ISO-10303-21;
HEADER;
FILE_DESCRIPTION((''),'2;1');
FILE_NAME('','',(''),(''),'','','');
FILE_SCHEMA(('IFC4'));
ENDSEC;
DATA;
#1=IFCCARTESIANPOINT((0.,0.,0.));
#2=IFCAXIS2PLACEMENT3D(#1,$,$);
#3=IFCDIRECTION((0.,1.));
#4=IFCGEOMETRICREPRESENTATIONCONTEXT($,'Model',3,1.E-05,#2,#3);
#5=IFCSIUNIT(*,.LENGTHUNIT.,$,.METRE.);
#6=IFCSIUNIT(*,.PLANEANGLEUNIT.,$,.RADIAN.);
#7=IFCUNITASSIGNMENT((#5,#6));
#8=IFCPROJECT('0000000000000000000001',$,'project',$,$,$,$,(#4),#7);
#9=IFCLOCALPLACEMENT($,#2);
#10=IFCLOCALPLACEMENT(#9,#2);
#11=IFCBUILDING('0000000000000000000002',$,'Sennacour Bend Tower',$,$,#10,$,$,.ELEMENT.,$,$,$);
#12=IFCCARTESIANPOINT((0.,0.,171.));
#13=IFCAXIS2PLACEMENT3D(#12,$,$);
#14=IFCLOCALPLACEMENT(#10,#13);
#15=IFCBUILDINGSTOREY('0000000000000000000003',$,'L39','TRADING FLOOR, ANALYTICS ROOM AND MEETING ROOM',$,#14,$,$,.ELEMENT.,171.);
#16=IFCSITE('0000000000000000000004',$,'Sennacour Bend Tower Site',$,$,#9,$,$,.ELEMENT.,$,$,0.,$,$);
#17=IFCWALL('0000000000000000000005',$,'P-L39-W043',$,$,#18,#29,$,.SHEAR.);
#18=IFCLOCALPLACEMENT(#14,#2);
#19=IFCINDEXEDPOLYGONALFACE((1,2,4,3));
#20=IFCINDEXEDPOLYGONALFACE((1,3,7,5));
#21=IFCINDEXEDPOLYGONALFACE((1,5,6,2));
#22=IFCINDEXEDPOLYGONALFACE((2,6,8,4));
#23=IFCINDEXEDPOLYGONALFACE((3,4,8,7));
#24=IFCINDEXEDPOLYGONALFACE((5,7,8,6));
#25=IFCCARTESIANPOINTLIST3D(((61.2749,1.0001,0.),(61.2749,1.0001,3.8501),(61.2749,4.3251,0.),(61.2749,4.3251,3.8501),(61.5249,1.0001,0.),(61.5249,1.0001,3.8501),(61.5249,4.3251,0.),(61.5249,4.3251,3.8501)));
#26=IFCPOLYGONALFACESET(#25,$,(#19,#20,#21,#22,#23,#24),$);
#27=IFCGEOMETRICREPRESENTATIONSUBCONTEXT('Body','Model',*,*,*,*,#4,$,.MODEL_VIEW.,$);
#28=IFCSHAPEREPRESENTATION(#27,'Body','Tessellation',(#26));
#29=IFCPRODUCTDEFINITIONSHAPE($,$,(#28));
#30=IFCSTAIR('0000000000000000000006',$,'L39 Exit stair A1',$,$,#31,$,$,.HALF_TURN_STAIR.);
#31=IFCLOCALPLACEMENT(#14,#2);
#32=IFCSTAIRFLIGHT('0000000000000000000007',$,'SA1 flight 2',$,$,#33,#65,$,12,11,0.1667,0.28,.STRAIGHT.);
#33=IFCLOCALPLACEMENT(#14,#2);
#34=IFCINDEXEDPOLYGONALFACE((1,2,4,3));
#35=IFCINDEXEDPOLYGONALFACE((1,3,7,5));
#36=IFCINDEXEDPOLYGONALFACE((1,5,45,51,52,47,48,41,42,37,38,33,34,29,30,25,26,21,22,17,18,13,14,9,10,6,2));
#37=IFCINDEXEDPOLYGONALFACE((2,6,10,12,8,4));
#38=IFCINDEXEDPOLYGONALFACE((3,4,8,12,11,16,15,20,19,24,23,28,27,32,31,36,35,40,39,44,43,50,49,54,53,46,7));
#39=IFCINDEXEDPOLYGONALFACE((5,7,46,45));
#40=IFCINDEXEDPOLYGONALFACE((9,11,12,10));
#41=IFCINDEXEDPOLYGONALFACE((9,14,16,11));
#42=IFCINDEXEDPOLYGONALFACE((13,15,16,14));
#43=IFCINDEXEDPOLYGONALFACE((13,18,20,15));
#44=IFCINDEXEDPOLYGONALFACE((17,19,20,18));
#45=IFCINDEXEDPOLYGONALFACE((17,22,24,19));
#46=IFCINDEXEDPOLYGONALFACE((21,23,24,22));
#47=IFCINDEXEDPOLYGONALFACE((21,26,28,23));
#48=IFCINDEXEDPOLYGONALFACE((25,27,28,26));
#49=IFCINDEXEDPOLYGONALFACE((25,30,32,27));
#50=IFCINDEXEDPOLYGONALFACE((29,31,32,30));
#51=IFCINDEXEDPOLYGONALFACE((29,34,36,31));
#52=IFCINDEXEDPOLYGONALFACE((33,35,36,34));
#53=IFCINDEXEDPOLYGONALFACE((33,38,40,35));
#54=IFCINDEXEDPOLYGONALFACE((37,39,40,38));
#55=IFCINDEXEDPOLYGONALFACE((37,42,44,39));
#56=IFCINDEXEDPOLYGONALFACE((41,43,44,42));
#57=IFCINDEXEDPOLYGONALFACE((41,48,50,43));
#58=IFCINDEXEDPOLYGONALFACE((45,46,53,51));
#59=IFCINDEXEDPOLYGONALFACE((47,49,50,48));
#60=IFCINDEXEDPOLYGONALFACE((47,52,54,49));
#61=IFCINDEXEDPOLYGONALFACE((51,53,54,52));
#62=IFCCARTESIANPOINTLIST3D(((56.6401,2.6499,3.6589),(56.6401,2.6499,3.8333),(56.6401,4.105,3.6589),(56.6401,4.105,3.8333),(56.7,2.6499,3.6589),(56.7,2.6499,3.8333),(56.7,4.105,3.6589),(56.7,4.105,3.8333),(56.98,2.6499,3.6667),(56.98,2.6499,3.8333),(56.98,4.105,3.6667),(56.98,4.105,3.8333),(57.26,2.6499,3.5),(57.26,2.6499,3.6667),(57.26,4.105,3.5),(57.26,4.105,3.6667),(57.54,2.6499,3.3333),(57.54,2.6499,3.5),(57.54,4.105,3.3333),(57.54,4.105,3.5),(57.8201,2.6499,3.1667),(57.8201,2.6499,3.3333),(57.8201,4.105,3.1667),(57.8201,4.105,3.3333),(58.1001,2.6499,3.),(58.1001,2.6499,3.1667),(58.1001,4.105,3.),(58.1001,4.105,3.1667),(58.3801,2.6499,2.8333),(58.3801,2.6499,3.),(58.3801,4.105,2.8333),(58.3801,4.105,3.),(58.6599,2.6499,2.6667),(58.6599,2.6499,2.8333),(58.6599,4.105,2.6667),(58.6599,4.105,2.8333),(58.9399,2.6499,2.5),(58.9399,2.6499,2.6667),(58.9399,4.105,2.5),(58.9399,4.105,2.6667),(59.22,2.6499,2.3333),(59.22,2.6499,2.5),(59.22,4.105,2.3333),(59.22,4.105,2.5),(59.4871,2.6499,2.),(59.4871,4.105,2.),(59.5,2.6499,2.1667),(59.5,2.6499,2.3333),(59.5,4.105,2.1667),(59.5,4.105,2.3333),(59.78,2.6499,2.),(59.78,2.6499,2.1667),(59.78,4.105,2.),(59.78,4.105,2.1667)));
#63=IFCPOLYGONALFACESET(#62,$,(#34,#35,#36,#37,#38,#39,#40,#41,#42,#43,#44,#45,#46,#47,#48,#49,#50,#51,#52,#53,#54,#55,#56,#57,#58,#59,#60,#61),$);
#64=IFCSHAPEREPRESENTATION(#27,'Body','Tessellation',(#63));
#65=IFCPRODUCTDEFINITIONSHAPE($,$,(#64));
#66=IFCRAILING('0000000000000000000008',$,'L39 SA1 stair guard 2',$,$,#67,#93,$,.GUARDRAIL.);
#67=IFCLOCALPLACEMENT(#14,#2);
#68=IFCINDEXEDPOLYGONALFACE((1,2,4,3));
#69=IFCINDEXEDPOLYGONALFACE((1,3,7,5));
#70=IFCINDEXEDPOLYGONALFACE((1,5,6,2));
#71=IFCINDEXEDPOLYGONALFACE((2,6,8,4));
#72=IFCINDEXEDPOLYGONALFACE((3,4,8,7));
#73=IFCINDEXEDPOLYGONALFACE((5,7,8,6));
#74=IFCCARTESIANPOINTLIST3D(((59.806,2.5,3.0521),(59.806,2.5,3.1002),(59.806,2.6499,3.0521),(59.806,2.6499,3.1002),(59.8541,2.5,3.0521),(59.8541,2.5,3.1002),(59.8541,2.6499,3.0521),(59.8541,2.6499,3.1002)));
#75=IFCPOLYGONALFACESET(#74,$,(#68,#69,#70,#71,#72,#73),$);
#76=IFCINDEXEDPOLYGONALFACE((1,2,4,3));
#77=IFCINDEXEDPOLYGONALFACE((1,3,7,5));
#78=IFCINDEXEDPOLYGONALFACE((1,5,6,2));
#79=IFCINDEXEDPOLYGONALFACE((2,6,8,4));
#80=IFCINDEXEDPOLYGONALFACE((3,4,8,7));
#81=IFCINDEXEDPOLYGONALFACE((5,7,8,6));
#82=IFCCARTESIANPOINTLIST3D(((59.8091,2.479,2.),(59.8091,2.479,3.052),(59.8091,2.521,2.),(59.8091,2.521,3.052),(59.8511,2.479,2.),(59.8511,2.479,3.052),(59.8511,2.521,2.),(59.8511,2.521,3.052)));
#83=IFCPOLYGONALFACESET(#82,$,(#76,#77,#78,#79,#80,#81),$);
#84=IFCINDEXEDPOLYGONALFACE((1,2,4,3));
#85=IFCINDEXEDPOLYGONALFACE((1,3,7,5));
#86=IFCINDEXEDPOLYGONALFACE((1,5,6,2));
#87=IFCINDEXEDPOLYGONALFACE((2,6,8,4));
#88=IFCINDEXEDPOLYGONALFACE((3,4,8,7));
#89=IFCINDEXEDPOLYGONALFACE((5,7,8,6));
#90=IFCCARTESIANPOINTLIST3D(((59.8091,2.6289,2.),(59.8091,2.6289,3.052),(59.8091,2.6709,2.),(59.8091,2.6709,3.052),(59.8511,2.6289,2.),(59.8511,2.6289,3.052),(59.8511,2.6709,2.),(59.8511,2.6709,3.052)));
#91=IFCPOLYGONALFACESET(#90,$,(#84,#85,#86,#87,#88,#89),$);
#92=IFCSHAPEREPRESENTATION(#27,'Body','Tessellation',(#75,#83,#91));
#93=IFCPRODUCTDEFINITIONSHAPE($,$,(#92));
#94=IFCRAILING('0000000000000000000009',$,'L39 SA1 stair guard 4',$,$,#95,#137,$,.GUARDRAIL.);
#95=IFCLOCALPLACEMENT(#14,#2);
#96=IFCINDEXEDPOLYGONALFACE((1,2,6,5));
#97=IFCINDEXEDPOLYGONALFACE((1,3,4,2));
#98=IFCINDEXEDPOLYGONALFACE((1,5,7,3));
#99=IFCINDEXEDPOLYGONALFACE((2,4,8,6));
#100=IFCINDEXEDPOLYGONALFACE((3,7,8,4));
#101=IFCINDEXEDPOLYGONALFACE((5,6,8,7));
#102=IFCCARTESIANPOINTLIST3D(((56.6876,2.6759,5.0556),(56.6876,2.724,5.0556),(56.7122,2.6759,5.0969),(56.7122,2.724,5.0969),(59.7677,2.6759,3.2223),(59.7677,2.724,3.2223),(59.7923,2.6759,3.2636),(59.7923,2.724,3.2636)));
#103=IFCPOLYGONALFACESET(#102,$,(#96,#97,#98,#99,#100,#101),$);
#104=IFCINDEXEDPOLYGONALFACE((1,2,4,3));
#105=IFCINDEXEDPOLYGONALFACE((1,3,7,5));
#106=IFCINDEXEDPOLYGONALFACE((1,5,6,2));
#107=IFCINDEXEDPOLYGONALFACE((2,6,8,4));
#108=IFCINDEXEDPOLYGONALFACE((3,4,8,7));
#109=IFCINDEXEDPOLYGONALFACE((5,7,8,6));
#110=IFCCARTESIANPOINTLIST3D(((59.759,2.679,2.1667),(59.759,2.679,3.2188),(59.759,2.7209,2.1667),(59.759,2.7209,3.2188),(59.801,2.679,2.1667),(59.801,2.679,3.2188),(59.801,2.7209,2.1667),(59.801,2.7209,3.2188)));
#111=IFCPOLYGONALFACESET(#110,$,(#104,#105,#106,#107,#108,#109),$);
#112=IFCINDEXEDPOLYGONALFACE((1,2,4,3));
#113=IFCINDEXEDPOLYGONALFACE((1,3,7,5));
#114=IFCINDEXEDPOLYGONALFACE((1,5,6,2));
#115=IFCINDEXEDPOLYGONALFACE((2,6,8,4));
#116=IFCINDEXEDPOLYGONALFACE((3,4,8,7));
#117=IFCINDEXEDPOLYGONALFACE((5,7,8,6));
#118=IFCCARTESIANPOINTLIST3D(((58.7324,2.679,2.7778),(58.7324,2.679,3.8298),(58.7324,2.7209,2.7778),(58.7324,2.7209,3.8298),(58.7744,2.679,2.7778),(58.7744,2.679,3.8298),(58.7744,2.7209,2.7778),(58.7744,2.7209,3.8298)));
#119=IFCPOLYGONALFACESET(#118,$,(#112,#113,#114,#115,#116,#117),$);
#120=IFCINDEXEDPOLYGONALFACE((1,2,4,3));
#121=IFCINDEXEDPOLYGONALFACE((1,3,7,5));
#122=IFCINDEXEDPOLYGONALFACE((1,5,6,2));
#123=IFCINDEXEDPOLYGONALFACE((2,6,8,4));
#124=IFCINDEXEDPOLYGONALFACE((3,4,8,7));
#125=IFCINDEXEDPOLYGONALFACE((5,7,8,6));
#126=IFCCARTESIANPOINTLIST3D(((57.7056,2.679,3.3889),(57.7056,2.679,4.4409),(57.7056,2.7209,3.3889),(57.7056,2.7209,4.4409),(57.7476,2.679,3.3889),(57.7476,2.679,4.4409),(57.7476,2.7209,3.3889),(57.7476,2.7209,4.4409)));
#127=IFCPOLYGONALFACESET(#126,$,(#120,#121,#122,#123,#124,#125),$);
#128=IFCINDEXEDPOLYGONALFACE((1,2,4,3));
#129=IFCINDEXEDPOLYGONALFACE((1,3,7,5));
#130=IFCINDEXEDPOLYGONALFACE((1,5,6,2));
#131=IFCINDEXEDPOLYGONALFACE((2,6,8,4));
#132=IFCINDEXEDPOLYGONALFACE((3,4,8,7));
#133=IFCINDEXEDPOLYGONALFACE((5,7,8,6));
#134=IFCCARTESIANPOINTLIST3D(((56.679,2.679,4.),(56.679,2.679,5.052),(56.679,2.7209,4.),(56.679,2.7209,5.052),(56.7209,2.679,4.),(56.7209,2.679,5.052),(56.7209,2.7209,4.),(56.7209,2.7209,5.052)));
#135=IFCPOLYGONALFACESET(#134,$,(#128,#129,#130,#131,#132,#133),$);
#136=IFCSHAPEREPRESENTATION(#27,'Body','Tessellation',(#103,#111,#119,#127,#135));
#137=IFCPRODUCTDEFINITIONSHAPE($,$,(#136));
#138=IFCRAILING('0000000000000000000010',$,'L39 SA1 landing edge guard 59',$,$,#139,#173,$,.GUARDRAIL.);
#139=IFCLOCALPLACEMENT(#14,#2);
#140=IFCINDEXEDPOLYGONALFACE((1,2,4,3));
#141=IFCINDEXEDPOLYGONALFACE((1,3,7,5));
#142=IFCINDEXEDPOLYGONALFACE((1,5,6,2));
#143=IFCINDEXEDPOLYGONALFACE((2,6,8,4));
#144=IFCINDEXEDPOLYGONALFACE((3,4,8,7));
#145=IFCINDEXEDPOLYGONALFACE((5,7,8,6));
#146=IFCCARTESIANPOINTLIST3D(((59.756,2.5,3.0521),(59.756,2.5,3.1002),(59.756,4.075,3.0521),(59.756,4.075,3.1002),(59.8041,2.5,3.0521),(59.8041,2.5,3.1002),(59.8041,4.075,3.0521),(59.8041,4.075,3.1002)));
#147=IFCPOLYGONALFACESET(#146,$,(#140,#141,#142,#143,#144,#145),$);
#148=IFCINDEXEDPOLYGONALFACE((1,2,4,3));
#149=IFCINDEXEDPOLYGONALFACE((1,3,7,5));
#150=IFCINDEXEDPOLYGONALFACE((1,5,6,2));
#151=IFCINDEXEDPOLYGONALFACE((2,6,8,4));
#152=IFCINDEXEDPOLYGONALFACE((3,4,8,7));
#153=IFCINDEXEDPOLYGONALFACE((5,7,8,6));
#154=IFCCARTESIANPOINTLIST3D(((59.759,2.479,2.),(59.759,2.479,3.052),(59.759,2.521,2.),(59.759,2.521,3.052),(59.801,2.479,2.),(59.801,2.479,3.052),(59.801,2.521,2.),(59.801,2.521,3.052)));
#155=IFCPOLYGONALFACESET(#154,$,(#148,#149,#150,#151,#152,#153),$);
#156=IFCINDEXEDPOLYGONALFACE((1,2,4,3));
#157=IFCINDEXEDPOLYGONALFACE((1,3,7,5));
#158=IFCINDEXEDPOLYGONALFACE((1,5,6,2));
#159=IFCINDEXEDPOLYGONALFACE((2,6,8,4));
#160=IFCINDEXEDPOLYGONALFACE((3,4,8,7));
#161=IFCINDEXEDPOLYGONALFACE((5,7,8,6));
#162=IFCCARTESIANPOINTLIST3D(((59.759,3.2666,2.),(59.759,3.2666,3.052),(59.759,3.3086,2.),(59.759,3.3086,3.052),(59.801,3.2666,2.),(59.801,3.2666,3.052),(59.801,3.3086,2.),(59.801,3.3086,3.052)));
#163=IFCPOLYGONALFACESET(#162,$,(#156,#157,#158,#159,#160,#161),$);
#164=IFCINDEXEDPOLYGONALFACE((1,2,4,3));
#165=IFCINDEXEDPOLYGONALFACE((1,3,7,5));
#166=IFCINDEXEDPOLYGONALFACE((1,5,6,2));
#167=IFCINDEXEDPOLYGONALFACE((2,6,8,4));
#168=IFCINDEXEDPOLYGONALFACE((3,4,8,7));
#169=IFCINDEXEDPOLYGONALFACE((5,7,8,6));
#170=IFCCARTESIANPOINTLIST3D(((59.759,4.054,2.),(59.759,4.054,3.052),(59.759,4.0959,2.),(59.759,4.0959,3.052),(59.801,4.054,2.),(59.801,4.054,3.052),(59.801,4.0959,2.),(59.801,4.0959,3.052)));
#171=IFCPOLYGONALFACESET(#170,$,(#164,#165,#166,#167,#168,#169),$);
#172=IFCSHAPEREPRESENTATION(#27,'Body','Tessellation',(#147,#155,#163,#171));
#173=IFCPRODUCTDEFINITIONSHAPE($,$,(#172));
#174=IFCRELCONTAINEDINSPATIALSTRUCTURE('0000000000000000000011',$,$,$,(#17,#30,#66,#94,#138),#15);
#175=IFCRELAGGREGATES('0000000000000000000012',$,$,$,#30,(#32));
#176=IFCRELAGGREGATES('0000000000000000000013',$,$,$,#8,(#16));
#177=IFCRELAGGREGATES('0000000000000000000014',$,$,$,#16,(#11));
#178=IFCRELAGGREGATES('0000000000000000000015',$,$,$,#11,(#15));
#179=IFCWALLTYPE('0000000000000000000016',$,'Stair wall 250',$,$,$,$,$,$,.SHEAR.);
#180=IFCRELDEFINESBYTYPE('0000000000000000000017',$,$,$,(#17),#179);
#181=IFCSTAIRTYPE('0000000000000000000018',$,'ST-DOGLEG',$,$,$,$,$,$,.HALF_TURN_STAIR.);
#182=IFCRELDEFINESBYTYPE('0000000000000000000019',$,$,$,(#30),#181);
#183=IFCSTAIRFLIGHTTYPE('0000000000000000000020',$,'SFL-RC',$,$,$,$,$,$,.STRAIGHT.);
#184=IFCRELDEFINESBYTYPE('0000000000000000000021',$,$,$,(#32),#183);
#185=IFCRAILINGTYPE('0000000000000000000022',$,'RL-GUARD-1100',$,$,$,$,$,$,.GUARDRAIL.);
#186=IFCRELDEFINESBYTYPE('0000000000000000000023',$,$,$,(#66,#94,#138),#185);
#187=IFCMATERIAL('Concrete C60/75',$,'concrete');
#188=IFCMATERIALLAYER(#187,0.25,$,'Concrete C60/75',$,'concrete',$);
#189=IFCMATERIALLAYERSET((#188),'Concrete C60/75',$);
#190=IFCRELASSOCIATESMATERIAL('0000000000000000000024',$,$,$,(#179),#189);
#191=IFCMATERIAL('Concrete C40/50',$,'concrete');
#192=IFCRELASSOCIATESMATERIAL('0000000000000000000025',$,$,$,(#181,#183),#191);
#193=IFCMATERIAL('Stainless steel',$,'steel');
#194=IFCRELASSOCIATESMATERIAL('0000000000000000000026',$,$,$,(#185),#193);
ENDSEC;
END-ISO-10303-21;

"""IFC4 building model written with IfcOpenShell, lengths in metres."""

from ifc_helpers import new_model, si_unit, direction, frame, frame_2d, origin, origin_2d, place, context, subcontext, project, spatial, polyline, rectangle, outline, extrude, material, layer, layer_set, type_object, element, aggregate, save


model = new_model("IFC4")

# Units and contexts
model_context = context("Model", 3, precision=1e-05, world=origin(), true_north=direction((0.0, 1.0)))
body_context = subcontext(model_context, "Body", "Model", "MODEL_VIEW")
ifc_project = project(units=[si_unit("LENGTHUNIT", "METRE"), si_unit("PLANEANGLEUNIT", "RADIAN")], contexts=[model_context])

# Site, building, storey
site_placement = place(None, origin())
site = spatial("IfcSite", under=ifc_project, at=site_placement, Name="Sennacour Bend Tower Site", CompositionType="ELEMENT", RefElevation=0.0)
building_placement = place(site_placement, origin())
building = spatial("IfcBuilding", under=site, at=building_placement, Name="Sennacour Bend Tower", CompositionType="ELEMENT")
storey_placement = place(building_placement, frame((0.0, 0.0, 171.0)))
storey = spatial("IfcBuildingStorey", under=building, at=storey_placement, Name="L39", Description="TRADING FLOOR, ANALYTICS ROOM AND MEETING ROOM", CompositionType="ELEMENT", Elevation=171.0)

# Shared definitions
ifc_material_1 = material(Name="Concrete C60/75", Category="concrete")

# Shared definitions
ifc_material_2 = material(Name="Stainless steel", Category="steel")

# Wall
ifc_layer_1 = layer(ifc_material_1, 0.25, Name="Concrete C60/75", Category="concrete")
ifc_layer_set_1 = layer_set([ifc_layer_1], Name="Concrete C60/75")
wall_type_1 = type_object("IfcWallType", Name="Stair wall 250", PredefinedType="SHEAR", material=ifc_layer_set_1)
wall_1_placement = place(storey_placement, frame((61.3999, 1.0, 0.0), z_axis=(0.0, 0.0, 1.0), x_axis=(0.0, 1.0, 0.0)))
element("IfcWall", 1, at=wall_1_placement, inside=storey, type_object=wall_type_1, Name="P-L39-W043", PredefinedType="SHEAR", context=body_context, shape_type="SweptSolid", body=[
    extrude(rectangle(XDim=3.325, YDim=0.25, at=frame_2d((1.6626, 0.0))), origin(), (0.0, 0.0, 1.0), 3.8501),
])

# Stair, stair flight
ifc_material_3 = material(Name="Concrete C40/50", Category="concrete")
stair_type = type_object("IfcStairType", Name="ST-DOGLEG", PredefinedType="HALF_TURN_STAIR", material=ifc_material_3)
stair_placement = place(storey_placement, origin())
stair = element("IfcStair", 2, at=stair_placement, inside=storey, type_object=stair_type, Name="L39 Exit stair A1", PredefinedType="HALF_TURN_STAIR")
stair_flight_type = type_object("IfcStairFlightType", Name="SFL-RC", PredefinedType="STRAIGHT", material=ifc_material_3)
stair_flight_placement = place(storey_placement, frame((59.78, 3.3774, 2.0), z_axis=(0.0, 0.0, 1.0), x_axis=(-1.0, 0.0, 0.0)))
stair_flight = element("IfcStairFlight", 3, at=stair_flight_placement, type_object=stair_flight_type, Name="SA1 flight 2", NumberOfRisers=12, NumberOfTreads=11, PredefinedType="STRAIGHT", RiserHeight=0.1667, TreadLength=0.28, context=body_context, shape_type="SweptSolid", body=[
    extrude(outline(polyline([(0.0, 0.0), (0.0, 0.1667), (0.28, 0.1667), (0.28, 0.3333), (0.5601, 0.3333), (0.5601, 0.5), (0.8401, 0.5), (0.8401, 0.6667), (1.1201, 0.6667), (1.1201, 0.8333), (1.3999, 0.8333), (1.3999, 1.0), (1.6799, 1.0), (1.6799, 1.1667), (1.96, 1.1667), (1.96, 1.3333), (2.24, 1.3333), (2.24, 1.5), (2.52, 1.5), (2.52, 1.6667), (2.8, 1.6667), (2.8, 1.8333), (3.0801, 1.8333), (3.1399, 1.8333), (3.1399, 1.6589), (3.0801, 1.6589), (0.293, 0.0), (0.0, 0.0)])), frame((0.0, 0.7275, 0.0), z_axis=(0.0, -1.0, 0.0), x_axis=(1.0, 0.0, 0.0)), (0.0, 0.0, 1.0), 1.4551),
])
aggregate(stair, [stair_flight])

# Railings
railing_type_1 = type_object("IfcRailingType", Name="RL-GUARD-1100", PredefinedType="GUARDRAIL", material=ifc_material_2)
railing_1_placement = place(storey_placement, frame((59.8301, 2.5, 2.0)))
element("IfcRailing", 4, at=railing_1_placement, inside=storey, type_object=railing_type_1, Name="L39 SA1 stair guard 2", PredefinedType="GUARDRAIL", context=body_context, shape_type="SweptSolid", body=[
    extrude(rectangle(XDim=0.0481, YDim=0.0481, at=origin_2d()), frame((0.0, 0.0, 1.0762), z_axis=(0.0, 1.0, 0.0), x_axis=(-1.0, 0.0, 0.0)), (0.0, 0.0, 1.0), 0.1499),
    extrude(rectangle(XDim=0.042, YDim=0.042, at=origin_2d()), origin(), (0.0, 0.0, 1.0), 1.052),
    extrude(rectangle(XDim=0.042, YDim=0.042, at=origin_2d()), frame((0.0, 0.1499, 0.0)), (0.0, 0.0, 1.0), 1.052),
])
railing_2_placement = place(storey_placement, frame((59.78, 2.7, 2.1667)))
element("IfcRailing", 5, at=railing_2_placement, inside=storey, type_object=railing_type_1, Name="L39 SA1 stair guard 4", PredefinedType="GUARDRAIL", context=body_context, shape_type="SweptSolid", body=[
    extrude(rectangle(XDim=0.0481, YDim=0.0481, at=origin_2d()), frame((0.0, 0.0, 1.0762), z_axis=(-0.859309, 0.0, 0.511458), x_axis=(0.0, -1.0, 0.0)), (0.0, 0.0, 1.0), 3.5845),
    extrude(rectangle(XDim=0.042, YDim=0.042, at=origin_2d()), origin(), (0.0, 0.0, 1.0), 1.052),
    extrude(rectangle(XDim=0.042, YDim=0.042, at=origin_2d()), frame((-1.0266, 0.0, 0.6111)), (0.0, 0.0, 1.0), 1.052),
    extrude(rectangle(XDim=0.042, YDim=0.042, at=origin_2d()), frame((-2.0535, 0.0, 1.2222)), (0.0, 0.0, 1.0), 1.052),
    extrude(rectangle(XDim=0.042, YDim=0.042, at=origin_2d()), frame((-3.0801, 0.0, 1.8333)), (0.0, 0.0, 1.0), 1.052),
])
railing_3_placement = place(storey_placement, frame((59.78, 2.5, 2.0)))
element("IfcRailing", 6, at=railing_3_placement, inside=storey, type_object=railing_type_1, Name="L39 SA1 landing edge guard 59", PredefinedType="GUARDRAIL", context=body_context, shape_type="SweptSolid", body=[
    extrude(rectangle(XDim=0.0481, YDim=0.0481, at=origin_2d()), frame((0.0, 0.0, 1.0762), z_axis=(0.0, 1.0, 0.0), x_axis=(-1.0, 0.0, 0.0)), (0.0, 0.0, 1.0), 1.575),
    extrude(rectangle(XDim=0.042, YDim=0.042, at=origin_2d()), origin(), (0.0, 0.0, 1.0), 1.052),
    extrude(rectangle(XDim=0.042, YDim=0.042, at=origin_2d()), frame((0.0, 0.7876, 0.0)), (0.0, 0.0, 1.0), 1.052),
    extrude(rectangle(XDim=0.042, YDim=0.042, at=origin_2d()), frame((0.0, 1.575, 0.0)), (0.0, 0.0, 1.0), 1.052),
])

save(model, "model.ifc")
